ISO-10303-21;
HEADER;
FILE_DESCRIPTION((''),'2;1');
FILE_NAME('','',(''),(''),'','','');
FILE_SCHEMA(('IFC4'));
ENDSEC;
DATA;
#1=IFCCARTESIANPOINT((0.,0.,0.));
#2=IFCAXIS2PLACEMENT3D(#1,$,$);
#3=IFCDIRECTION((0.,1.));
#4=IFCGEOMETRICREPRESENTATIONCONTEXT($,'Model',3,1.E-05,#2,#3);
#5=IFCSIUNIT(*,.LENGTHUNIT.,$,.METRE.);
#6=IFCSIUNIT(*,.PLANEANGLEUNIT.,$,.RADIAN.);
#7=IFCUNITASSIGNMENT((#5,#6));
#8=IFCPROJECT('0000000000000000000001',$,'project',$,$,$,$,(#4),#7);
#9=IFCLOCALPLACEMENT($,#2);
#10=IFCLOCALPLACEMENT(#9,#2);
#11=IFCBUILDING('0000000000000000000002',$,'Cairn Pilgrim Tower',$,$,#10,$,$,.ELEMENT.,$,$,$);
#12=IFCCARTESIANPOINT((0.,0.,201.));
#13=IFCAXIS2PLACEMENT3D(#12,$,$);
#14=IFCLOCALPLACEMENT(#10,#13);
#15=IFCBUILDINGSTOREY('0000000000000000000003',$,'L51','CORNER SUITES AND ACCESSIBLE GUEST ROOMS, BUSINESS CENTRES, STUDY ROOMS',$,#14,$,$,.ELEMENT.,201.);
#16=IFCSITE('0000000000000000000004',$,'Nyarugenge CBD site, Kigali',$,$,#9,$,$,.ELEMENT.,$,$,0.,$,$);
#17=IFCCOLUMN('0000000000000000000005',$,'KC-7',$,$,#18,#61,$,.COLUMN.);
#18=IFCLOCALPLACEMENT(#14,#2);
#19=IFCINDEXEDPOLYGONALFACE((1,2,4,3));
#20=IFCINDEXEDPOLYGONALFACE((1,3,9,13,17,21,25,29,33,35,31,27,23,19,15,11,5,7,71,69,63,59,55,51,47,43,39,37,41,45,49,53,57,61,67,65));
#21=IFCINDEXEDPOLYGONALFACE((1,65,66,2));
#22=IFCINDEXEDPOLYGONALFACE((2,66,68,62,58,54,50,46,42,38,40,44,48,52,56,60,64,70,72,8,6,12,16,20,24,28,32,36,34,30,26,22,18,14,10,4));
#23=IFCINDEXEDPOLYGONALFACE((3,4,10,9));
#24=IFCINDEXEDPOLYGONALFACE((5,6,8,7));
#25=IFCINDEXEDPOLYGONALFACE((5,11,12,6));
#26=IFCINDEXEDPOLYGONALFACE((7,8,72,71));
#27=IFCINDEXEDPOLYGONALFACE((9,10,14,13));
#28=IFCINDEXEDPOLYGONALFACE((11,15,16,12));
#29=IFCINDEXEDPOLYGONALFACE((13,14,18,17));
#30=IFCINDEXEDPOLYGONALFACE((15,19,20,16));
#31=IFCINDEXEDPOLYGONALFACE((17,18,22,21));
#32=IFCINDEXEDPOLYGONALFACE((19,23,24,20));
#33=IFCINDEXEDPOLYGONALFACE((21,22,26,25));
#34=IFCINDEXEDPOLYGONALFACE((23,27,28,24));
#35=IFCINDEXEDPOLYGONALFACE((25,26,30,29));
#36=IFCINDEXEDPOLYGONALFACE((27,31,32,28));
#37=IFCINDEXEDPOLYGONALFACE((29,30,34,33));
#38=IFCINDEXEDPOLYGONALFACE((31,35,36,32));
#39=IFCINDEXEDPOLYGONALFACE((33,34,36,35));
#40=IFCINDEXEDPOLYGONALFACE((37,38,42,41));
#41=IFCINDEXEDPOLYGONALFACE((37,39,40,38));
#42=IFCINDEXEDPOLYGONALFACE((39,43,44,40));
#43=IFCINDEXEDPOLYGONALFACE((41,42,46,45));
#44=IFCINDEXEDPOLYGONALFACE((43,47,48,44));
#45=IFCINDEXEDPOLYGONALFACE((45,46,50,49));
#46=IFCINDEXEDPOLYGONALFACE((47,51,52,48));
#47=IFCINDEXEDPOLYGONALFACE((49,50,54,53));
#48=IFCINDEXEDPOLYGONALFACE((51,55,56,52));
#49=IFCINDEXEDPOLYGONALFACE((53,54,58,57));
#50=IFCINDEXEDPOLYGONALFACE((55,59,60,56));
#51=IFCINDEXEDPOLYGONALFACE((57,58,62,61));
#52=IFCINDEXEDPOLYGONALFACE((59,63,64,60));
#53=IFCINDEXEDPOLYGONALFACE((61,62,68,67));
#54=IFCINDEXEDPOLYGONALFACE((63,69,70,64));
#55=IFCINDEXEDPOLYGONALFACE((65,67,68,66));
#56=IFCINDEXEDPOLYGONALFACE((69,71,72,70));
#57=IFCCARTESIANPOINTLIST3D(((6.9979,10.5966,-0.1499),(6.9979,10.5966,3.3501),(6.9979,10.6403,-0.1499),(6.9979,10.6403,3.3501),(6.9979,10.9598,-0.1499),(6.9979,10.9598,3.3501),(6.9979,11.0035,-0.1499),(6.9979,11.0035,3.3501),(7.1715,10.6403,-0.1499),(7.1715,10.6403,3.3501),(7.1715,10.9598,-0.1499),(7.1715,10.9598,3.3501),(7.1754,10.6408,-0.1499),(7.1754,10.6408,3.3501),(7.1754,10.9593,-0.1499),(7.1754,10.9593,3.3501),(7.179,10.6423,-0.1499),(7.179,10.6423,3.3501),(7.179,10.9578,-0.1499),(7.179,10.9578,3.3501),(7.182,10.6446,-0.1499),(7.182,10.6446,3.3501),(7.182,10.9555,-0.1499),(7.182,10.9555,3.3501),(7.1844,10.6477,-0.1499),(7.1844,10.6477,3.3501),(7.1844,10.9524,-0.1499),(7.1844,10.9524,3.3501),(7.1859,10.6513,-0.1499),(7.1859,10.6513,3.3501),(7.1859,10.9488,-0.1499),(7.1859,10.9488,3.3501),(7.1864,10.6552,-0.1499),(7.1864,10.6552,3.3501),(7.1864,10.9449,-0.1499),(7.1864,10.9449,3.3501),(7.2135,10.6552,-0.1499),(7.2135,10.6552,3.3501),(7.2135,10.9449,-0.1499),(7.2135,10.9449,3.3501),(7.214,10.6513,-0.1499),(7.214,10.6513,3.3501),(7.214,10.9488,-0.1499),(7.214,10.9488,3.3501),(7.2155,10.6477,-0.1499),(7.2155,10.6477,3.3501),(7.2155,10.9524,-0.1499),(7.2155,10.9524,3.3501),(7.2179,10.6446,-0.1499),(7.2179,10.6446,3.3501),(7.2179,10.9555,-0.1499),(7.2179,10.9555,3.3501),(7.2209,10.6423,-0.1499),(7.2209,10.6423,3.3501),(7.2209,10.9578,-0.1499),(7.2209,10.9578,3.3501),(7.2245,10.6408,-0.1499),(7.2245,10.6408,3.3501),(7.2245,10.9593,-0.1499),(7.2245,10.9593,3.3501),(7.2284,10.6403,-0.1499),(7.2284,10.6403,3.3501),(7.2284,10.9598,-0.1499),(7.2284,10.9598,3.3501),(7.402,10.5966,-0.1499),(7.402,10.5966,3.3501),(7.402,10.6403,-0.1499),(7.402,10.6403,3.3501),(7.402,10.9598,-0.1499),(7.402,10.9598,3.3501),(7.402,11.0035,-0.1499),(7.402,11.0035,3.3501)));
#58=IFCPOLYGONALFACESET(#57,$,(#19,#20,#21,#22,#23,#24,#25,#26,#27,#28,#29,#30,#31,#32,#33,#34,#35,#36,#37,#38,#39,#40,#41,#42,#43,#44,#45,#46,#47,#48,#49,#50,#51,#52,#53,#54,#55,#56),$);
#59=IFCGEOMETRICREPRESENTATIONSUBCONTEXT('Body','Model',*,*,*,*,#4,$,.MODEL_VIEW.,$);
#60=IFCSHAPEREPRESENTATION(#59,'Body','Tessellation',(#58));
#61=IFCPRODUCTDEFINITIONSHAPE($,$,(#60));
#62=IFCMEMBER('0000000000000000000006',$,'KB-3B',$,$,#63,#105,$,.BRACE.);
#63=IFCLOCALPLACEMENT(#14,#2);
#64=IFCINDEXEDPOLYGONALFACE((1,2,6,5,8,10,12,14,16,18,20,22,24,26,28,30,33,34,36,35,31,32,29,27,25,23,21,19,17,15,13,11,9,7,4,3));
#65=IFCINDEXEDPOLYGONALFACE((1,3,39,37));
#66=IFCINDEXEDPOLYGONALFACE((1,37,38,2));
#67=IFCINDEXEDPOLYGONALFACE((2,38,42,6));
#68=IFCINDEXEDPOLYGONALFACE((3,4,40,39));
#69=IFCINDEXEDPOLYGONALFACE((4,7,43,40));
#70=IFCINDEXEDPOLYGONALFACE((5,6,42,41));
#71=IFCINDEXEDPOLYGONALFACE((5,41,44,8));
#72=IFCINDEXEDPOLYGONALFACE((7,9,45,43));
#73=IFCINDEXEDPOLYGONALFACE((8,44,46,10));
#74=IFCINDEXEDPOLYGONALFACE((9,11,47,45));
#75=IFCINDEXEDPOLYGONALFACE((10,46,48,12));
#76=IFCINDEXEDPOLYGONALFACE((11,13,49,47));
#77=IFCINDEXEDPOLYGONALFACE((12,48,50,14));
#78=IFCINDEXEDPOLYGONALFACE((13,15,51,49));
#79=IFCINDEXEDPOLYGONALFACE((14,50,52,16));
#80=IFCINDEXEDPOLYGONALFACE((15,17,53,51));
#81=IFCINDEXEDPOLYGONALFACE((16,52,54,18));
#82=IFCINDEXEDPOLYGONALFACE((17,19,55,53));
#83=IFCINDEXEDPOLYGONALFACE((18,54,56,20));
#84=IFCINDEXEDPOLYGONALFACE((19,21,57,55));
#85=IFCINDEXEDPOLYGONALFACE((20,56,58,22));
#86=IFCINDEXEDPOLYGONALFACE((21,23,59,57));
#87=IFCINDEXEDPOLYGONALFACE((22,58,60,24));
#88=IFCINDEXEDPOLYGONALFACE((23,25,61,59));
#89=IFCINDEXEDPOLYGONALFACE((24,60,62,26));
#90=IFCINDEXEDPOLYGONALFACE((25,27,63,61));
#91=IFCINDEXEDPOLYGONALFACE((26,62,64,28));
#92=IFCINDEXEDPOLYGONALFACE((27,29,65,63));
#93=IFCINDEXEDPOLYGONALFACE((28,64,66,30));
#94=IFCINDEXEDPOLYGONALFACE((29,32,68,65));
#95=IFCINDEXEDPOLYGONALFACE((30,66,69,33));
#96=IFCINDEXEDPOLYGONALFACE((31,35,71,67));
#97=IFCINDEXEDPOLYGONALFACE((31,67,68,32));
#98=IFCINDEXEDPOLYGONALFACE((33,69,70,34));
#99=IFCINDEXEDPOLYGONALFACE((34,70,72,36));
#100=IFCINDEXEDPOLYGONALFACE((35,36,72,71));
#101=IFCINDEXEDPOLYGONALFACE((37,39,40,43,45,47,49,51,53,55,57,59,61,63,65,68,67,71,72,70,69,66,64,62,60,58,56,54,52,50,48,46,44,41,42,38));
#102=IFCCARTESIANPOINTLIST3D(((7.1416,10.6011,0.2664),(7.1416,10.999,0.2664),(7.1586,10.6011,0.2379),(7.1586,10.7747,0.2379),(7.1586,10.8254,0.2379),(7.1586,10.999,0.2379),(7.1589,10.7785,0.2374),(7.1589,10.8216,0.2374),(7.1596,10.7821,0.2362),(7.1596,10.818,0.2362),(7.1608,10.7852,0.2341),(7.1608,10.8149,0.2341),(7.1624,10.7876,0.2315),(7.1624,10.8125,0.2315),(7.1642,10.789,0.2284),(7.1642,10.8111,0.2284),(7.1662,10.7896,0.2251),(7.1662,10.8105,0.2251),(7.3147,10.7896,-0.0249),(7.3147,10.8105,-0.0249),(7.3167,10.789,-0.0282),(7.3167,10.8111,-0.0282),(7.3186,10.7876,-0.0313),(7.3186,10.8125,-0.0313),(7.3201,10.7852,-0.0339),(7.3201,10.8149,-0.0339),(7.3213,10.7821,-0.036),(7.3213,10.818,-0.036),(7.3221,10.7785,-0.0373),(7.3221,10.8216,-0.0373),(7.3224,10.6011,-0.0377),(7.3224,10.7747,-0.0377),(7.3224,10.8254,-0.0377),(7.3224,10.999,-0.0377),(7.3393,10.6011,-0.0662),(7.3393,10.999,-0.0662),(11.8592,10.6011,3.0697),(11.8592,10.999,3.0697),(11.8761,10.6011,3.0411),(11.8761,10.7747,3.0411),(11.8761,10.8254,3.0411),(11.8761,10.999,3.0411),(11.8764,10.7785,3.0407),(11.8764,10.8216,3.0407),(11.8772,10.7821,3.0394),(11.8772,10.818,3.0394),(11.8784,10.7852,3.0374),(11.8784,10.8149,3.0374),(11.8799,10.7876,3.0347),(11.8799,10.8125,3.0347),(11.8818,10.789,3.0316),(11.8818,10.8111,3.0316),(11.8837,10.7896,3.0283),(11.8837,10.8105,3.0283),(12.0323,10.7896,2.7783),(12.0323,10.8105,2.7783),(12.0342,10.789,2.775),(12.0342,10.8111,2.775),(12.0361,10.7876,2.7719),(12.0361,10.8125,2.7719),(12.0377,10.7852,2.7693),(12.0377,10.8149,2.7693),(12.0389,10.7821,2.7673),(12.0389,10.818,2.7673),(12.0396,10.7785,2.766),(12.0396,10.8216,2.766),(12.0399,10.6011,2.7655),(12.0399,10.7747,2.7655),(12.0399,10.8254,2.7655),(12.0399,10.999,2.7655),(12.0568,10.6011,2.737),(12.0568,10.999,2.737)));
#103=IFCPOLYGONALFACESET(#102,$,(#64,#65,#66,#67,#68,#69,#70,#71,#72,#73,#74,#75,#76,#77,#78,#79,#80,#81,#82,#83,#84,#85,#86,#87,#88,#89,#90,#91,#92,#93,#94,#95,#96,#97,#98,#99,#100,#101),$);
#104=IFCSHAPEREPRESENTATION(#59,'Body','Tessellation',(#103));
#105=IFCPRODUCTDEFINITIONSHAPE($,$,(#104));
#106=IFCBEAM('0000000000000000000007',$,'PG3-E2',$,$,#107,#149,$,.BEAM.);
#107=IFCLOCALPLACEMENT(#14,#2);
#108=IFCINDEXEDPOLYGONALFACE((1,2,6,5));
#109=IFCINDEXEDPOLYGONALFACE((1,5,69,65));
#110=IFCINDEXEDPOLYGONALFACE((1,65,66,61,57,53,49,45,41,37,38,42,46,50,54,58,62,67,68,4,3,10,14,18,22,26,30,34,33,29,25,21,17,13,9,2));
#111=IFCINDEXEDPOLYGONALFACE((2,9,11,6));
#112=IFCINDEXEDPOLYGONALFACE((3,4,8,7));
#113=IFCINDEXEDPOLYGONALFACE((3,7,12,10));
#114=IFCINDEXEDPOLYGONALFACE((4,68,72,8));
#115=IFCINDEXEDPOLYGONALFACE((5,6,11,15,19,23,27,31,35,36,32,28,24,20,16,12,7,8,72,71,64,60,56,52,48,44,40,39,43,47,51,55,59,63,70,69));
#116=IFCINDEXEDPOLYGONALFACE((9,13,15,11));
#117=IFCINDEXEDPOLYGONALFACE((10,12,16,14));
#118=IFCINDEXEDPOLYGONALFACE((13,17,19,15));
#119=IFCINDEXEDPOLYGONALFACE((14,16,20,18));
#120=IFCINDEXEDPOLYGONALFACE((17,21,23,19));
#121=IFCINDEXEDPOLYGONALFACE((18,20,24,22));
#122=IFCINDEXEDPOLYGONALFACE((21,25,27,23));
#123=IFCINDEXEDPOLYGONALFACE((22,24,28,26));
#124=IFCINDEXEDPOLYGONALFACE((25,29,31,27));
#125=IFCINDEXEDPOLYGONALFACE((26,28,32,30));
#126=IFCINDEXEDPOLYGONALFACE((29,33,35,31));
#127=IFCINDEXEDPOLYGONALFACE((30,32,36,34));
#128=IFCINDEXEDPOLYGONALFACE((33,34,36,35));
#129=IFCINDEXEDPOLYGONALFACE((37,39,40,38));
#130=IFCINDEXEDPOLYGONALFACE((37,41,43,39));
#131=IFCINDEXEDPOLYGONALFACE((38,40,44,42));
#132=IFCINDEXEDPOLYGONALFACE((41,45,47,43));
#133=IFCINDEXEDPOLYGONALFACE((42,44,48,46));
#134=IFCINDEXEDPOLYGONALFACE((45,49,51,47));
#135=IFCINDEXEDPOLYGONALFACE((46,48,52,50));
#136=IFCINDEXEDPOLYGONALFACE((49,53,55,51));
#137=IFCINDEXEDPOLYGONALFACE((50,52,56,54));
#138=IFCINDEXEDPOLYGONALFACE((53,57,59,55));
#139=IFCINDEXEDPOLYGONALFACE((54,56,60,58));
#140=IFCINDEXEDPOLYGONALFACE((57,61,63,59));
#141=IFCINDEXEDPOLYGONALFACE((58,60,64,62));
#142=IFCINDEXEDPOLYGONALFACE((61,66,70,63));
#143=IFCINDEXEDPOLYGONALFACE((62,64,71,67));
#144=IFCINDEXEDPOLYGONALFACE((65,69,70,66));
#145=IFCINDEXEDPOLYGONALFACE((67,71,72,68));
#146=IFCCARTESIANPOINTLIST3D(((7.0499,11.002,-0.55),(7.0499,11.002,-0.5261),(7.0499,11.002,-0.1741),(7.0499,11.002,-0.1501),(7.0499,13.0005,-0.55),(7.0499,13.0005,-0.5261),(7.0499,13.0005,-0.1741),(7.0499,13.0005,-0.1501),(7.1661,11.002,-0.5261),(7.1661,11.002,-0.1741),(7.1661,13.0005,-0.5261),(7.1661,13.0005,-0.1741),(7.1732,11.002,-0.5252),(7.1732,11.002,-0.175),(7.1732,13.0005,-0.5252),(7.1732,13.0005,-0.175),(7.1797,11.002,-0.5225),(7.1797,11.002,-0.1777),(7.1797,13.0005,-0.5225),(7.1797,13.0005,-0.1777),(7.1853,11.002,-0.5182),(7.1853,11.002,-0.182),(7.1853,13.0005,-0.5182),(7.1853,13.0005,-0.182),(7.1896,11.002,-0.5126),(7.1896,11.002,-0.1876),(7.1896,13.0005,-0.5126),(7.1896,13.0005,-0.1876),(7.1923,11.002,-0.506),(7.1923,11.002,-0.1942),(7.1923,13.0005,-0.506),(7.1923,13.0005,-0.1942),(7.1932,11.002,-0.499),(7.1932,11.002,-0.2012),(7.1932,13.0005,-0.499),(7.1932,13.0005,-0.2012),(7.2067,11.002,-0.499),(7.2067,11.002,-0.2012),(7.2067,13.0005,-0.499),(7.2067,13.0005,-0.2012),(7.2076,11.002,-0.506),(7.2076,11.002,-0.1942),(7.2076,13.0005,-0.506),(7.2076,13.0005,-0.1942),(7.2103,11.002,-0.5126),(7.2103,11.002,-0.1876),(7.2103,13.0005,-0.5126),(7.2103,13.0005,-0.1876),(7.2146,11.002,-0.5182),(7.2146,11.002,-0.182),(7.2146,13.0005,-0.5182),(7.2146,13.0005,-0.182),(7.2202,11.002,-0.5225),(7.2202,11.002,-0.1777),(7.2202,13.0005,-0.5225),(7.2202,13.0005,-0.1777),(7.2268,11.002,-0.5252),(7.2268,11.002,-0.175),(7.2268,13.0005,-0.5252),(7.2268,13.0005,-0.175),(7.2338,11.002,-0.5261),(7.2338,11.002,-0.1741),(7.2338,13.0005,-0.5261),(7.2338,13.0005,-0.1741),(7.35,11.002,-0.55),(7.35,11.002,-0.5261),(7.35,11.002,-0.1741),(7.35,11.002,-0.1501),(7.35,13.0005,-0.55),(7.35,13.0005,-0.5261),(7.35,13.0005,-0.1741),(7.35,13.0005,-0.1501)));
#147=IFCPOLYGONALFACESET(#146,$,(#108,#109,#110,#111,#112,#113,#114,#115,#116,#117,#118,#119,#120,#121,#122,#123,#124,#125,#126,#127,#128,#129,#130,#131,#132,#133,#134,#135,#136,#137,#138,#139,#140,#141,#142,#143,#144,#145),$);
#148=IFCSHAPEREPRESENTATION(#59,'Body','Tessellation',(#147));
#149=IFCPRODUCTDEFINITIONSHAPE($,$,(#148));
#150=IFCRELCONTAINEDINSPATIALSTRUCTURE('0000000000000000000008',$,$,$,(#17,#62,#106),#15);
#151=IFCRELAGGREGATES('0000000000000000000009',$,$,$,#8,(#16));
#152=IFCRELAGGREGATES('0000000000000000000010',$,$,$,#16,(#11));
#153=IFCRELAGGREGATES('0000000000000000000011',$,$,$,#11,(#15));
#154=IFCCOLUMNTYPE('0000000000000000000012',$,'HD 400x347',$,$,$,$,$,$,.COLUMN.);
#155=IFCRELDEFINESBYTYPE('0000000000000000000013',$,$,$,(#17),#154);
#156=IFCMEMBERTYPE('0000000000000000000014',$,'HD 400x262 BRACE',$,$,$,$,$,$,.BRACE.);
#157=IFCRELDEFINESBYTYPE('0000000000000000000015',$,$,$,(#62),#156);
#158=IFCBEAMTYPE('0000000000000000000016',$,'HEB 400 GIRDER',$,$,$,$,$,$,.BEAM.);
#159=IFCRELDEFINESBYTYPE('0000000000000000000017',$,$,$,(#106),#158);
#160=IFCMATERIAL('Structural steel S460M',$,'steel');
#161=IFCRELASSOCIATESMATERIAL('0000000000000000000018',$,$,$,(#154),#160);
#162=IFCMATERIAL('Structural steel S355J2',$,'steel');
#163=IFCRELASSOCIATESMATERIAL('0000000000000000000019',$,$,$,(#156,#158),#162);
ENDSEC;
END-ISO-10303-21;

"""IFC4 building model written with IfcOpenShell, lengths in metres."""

from ifc_helpers import new_model, si_unit, direction, frame, origin, origin_2d, place, context, subcontext, project, spatial, i_section, extrude, material, material_profile, profile_set, type_object, element, save


model = new_model("IFC4")

# Units and contexts
model_context = context("Model", 3, precision=1e-05, world=origin(), true_north=direction((0.0, 1.0)))
body_context = subcontext(model_context, "Body", "Model", "MODEL_VIEW")
ifc_project = project(units=[si_unit("LENGTHUNIT", "METRE"), si_unit("PLANEANGLEUNIT", "RADIAN")], contexts=[model_context])

# Site, building, storey
site_placement = place(None, origin())
site = spatial("IfcSite", under=ifc_project, at=site_placement, Name="Nyarugenge CBD site, Kigali", CompositionType="ELEMENT", RefElevation=0.0)
building_placement = place(site_placement, origin())
building = spatial("IfcBuilding", under=site, at=building_placement, Name="Cairn Pilgrim Tower", CompositionType="ELEMENT")
storey_placement = place(building_placement, frame((0.0, 0.0, 201.0)))
storey = spatial("IfcBuildingStorey", under=building, at=storey_placement, Name="L51", Description="CORNER SUITES AND ACCESSIBLE GUEST ROOMS, BUSINESS CENTRES, STUDY ROOMS", CompositionType="ELEMENT", Elevation=201.0)

# Column
ifc_material_1 = material(Name="Structural steel S460M", Category="steel")
ifc_material_profile_1 = material_profile(ifc_material_1, i_section(OverallWidth=0.4041, OverallDepth=0.407, WebThickness=0.0271, FlangeThickness=0.0437, FilletRadius=0.0149, at=origin_2d()), Name="HD 400x347")
ifc_profile_set_1 = profile_set([ifc_material_profile_1], Name="Structural steel S460M")
column_type = type_object("IfcColumnType", Name="HD 400x347", PredefinedType="COLUMN", material=ifc_profile_set_1)
column_placement = place(storey_placement, frame((7.2, 10.8, -0.1499), z_axis=(0.0, 0.0, 1.0), x_axis=(1.0, 0.0, 0.0)))
element("IfcColumn", 1, at=column_placement, inside=storey, type_object=column_type, Name="KC-7", PredefinedType="COLUMN", context=body_context, shape_type="SweptSolid", body=[
    extrude(i_section(OverallWidth=0.4041, OverallDepth=0.407, WebThickness=0.0271, FlangeThickness=0.0437, FilletRadius=0.0149, at=origin_2d()), origin(), (0.0, 0.0, 1.0), 3.5),
])

# Member
ifc_material_2 = material(Name="Structural steel S355J2", Category="steel")
ifc_material_profile_2 = material_profile(ifc_material_2, i_section(OverallWidth=0.3979, OverallDepth=0.387, WebThickness=0.021, FlangeThickness=0.0332, FilletRadius=0.0149, at=origin_2d()), Name="HD 400x262")
ifc_profile_set_2 = profile_set([ifc_material_profile_2], Name="Structural steel S355J2")
member_type = type_object("IfcMemberType", Name="HD 400x262 BRACE", PredefinedType="BRACE", material=ifc_profile_set_2)
member_placement = place(storey_placement, frame((7.2405, 10.8, 0.1001), z_axis=(0.85968, 0.0, 0.510834), x_axis=(0.0, 1.0, 0.0)))
element("IfcMember", 2, at=member_placement, inside=storey, type_object=member_type, Name="KB-3B", PredefinedType="BRACE", context=body_context, shape_type="SweptSolid", body=[
    extrude(i_section(OverallWidth=0.3979, OverallDepth=0.387, WebThickness=0.021, FlangeThickness=0.0332, FilletRadius=0.0149, at=origin_2d()), origin(), (0.0, 0.0, 1.0), 5.4875),
])

# Beam
ifc_material_profile_3 = material_profile(ifc_material_2, i_section(OverallWidth=0.3, OverallDepth=0.3999, WebThickness=0.0134, FlangeThickness=0.0239, FilletRadius=0.0271, at=origin_2d()), Name="HEB 400")
ifc_profile_set_3 = profile_set([ifc_material_profile_3], Name="Structural steel S355J2")
beam_type_1 = type_object("IfcBeamType", Name="HEB 400 GIRDER", PredefinedType="BEAM", material=ifc_profile_set_3)
beam_1_placement = place(storey_placement, frame((7.2, 11.002, -0.3501), z_axis=(0.0, 1.0, 0.0), x_axis=(-1.0, 0.0, 0.0)))
element("IfcBeam", 3, at=beam_1_placement, inside=storey, type_object=beam_type_1, Name="PG3-E2", PredefinedType="BEAM", context=body_context, shape_type="SweptSolid", body=[
    extrude(i_section(OverallWidth=0.3, OverallDepth=0.3999, WebThickness=0.0134, FlangeThickness=0.0239, FilletRadius=0.0271, at=origin_2d()), origin(), (0.0, 0.0, 1.0), 1.9985),
])

save(model, "model.ifc")
